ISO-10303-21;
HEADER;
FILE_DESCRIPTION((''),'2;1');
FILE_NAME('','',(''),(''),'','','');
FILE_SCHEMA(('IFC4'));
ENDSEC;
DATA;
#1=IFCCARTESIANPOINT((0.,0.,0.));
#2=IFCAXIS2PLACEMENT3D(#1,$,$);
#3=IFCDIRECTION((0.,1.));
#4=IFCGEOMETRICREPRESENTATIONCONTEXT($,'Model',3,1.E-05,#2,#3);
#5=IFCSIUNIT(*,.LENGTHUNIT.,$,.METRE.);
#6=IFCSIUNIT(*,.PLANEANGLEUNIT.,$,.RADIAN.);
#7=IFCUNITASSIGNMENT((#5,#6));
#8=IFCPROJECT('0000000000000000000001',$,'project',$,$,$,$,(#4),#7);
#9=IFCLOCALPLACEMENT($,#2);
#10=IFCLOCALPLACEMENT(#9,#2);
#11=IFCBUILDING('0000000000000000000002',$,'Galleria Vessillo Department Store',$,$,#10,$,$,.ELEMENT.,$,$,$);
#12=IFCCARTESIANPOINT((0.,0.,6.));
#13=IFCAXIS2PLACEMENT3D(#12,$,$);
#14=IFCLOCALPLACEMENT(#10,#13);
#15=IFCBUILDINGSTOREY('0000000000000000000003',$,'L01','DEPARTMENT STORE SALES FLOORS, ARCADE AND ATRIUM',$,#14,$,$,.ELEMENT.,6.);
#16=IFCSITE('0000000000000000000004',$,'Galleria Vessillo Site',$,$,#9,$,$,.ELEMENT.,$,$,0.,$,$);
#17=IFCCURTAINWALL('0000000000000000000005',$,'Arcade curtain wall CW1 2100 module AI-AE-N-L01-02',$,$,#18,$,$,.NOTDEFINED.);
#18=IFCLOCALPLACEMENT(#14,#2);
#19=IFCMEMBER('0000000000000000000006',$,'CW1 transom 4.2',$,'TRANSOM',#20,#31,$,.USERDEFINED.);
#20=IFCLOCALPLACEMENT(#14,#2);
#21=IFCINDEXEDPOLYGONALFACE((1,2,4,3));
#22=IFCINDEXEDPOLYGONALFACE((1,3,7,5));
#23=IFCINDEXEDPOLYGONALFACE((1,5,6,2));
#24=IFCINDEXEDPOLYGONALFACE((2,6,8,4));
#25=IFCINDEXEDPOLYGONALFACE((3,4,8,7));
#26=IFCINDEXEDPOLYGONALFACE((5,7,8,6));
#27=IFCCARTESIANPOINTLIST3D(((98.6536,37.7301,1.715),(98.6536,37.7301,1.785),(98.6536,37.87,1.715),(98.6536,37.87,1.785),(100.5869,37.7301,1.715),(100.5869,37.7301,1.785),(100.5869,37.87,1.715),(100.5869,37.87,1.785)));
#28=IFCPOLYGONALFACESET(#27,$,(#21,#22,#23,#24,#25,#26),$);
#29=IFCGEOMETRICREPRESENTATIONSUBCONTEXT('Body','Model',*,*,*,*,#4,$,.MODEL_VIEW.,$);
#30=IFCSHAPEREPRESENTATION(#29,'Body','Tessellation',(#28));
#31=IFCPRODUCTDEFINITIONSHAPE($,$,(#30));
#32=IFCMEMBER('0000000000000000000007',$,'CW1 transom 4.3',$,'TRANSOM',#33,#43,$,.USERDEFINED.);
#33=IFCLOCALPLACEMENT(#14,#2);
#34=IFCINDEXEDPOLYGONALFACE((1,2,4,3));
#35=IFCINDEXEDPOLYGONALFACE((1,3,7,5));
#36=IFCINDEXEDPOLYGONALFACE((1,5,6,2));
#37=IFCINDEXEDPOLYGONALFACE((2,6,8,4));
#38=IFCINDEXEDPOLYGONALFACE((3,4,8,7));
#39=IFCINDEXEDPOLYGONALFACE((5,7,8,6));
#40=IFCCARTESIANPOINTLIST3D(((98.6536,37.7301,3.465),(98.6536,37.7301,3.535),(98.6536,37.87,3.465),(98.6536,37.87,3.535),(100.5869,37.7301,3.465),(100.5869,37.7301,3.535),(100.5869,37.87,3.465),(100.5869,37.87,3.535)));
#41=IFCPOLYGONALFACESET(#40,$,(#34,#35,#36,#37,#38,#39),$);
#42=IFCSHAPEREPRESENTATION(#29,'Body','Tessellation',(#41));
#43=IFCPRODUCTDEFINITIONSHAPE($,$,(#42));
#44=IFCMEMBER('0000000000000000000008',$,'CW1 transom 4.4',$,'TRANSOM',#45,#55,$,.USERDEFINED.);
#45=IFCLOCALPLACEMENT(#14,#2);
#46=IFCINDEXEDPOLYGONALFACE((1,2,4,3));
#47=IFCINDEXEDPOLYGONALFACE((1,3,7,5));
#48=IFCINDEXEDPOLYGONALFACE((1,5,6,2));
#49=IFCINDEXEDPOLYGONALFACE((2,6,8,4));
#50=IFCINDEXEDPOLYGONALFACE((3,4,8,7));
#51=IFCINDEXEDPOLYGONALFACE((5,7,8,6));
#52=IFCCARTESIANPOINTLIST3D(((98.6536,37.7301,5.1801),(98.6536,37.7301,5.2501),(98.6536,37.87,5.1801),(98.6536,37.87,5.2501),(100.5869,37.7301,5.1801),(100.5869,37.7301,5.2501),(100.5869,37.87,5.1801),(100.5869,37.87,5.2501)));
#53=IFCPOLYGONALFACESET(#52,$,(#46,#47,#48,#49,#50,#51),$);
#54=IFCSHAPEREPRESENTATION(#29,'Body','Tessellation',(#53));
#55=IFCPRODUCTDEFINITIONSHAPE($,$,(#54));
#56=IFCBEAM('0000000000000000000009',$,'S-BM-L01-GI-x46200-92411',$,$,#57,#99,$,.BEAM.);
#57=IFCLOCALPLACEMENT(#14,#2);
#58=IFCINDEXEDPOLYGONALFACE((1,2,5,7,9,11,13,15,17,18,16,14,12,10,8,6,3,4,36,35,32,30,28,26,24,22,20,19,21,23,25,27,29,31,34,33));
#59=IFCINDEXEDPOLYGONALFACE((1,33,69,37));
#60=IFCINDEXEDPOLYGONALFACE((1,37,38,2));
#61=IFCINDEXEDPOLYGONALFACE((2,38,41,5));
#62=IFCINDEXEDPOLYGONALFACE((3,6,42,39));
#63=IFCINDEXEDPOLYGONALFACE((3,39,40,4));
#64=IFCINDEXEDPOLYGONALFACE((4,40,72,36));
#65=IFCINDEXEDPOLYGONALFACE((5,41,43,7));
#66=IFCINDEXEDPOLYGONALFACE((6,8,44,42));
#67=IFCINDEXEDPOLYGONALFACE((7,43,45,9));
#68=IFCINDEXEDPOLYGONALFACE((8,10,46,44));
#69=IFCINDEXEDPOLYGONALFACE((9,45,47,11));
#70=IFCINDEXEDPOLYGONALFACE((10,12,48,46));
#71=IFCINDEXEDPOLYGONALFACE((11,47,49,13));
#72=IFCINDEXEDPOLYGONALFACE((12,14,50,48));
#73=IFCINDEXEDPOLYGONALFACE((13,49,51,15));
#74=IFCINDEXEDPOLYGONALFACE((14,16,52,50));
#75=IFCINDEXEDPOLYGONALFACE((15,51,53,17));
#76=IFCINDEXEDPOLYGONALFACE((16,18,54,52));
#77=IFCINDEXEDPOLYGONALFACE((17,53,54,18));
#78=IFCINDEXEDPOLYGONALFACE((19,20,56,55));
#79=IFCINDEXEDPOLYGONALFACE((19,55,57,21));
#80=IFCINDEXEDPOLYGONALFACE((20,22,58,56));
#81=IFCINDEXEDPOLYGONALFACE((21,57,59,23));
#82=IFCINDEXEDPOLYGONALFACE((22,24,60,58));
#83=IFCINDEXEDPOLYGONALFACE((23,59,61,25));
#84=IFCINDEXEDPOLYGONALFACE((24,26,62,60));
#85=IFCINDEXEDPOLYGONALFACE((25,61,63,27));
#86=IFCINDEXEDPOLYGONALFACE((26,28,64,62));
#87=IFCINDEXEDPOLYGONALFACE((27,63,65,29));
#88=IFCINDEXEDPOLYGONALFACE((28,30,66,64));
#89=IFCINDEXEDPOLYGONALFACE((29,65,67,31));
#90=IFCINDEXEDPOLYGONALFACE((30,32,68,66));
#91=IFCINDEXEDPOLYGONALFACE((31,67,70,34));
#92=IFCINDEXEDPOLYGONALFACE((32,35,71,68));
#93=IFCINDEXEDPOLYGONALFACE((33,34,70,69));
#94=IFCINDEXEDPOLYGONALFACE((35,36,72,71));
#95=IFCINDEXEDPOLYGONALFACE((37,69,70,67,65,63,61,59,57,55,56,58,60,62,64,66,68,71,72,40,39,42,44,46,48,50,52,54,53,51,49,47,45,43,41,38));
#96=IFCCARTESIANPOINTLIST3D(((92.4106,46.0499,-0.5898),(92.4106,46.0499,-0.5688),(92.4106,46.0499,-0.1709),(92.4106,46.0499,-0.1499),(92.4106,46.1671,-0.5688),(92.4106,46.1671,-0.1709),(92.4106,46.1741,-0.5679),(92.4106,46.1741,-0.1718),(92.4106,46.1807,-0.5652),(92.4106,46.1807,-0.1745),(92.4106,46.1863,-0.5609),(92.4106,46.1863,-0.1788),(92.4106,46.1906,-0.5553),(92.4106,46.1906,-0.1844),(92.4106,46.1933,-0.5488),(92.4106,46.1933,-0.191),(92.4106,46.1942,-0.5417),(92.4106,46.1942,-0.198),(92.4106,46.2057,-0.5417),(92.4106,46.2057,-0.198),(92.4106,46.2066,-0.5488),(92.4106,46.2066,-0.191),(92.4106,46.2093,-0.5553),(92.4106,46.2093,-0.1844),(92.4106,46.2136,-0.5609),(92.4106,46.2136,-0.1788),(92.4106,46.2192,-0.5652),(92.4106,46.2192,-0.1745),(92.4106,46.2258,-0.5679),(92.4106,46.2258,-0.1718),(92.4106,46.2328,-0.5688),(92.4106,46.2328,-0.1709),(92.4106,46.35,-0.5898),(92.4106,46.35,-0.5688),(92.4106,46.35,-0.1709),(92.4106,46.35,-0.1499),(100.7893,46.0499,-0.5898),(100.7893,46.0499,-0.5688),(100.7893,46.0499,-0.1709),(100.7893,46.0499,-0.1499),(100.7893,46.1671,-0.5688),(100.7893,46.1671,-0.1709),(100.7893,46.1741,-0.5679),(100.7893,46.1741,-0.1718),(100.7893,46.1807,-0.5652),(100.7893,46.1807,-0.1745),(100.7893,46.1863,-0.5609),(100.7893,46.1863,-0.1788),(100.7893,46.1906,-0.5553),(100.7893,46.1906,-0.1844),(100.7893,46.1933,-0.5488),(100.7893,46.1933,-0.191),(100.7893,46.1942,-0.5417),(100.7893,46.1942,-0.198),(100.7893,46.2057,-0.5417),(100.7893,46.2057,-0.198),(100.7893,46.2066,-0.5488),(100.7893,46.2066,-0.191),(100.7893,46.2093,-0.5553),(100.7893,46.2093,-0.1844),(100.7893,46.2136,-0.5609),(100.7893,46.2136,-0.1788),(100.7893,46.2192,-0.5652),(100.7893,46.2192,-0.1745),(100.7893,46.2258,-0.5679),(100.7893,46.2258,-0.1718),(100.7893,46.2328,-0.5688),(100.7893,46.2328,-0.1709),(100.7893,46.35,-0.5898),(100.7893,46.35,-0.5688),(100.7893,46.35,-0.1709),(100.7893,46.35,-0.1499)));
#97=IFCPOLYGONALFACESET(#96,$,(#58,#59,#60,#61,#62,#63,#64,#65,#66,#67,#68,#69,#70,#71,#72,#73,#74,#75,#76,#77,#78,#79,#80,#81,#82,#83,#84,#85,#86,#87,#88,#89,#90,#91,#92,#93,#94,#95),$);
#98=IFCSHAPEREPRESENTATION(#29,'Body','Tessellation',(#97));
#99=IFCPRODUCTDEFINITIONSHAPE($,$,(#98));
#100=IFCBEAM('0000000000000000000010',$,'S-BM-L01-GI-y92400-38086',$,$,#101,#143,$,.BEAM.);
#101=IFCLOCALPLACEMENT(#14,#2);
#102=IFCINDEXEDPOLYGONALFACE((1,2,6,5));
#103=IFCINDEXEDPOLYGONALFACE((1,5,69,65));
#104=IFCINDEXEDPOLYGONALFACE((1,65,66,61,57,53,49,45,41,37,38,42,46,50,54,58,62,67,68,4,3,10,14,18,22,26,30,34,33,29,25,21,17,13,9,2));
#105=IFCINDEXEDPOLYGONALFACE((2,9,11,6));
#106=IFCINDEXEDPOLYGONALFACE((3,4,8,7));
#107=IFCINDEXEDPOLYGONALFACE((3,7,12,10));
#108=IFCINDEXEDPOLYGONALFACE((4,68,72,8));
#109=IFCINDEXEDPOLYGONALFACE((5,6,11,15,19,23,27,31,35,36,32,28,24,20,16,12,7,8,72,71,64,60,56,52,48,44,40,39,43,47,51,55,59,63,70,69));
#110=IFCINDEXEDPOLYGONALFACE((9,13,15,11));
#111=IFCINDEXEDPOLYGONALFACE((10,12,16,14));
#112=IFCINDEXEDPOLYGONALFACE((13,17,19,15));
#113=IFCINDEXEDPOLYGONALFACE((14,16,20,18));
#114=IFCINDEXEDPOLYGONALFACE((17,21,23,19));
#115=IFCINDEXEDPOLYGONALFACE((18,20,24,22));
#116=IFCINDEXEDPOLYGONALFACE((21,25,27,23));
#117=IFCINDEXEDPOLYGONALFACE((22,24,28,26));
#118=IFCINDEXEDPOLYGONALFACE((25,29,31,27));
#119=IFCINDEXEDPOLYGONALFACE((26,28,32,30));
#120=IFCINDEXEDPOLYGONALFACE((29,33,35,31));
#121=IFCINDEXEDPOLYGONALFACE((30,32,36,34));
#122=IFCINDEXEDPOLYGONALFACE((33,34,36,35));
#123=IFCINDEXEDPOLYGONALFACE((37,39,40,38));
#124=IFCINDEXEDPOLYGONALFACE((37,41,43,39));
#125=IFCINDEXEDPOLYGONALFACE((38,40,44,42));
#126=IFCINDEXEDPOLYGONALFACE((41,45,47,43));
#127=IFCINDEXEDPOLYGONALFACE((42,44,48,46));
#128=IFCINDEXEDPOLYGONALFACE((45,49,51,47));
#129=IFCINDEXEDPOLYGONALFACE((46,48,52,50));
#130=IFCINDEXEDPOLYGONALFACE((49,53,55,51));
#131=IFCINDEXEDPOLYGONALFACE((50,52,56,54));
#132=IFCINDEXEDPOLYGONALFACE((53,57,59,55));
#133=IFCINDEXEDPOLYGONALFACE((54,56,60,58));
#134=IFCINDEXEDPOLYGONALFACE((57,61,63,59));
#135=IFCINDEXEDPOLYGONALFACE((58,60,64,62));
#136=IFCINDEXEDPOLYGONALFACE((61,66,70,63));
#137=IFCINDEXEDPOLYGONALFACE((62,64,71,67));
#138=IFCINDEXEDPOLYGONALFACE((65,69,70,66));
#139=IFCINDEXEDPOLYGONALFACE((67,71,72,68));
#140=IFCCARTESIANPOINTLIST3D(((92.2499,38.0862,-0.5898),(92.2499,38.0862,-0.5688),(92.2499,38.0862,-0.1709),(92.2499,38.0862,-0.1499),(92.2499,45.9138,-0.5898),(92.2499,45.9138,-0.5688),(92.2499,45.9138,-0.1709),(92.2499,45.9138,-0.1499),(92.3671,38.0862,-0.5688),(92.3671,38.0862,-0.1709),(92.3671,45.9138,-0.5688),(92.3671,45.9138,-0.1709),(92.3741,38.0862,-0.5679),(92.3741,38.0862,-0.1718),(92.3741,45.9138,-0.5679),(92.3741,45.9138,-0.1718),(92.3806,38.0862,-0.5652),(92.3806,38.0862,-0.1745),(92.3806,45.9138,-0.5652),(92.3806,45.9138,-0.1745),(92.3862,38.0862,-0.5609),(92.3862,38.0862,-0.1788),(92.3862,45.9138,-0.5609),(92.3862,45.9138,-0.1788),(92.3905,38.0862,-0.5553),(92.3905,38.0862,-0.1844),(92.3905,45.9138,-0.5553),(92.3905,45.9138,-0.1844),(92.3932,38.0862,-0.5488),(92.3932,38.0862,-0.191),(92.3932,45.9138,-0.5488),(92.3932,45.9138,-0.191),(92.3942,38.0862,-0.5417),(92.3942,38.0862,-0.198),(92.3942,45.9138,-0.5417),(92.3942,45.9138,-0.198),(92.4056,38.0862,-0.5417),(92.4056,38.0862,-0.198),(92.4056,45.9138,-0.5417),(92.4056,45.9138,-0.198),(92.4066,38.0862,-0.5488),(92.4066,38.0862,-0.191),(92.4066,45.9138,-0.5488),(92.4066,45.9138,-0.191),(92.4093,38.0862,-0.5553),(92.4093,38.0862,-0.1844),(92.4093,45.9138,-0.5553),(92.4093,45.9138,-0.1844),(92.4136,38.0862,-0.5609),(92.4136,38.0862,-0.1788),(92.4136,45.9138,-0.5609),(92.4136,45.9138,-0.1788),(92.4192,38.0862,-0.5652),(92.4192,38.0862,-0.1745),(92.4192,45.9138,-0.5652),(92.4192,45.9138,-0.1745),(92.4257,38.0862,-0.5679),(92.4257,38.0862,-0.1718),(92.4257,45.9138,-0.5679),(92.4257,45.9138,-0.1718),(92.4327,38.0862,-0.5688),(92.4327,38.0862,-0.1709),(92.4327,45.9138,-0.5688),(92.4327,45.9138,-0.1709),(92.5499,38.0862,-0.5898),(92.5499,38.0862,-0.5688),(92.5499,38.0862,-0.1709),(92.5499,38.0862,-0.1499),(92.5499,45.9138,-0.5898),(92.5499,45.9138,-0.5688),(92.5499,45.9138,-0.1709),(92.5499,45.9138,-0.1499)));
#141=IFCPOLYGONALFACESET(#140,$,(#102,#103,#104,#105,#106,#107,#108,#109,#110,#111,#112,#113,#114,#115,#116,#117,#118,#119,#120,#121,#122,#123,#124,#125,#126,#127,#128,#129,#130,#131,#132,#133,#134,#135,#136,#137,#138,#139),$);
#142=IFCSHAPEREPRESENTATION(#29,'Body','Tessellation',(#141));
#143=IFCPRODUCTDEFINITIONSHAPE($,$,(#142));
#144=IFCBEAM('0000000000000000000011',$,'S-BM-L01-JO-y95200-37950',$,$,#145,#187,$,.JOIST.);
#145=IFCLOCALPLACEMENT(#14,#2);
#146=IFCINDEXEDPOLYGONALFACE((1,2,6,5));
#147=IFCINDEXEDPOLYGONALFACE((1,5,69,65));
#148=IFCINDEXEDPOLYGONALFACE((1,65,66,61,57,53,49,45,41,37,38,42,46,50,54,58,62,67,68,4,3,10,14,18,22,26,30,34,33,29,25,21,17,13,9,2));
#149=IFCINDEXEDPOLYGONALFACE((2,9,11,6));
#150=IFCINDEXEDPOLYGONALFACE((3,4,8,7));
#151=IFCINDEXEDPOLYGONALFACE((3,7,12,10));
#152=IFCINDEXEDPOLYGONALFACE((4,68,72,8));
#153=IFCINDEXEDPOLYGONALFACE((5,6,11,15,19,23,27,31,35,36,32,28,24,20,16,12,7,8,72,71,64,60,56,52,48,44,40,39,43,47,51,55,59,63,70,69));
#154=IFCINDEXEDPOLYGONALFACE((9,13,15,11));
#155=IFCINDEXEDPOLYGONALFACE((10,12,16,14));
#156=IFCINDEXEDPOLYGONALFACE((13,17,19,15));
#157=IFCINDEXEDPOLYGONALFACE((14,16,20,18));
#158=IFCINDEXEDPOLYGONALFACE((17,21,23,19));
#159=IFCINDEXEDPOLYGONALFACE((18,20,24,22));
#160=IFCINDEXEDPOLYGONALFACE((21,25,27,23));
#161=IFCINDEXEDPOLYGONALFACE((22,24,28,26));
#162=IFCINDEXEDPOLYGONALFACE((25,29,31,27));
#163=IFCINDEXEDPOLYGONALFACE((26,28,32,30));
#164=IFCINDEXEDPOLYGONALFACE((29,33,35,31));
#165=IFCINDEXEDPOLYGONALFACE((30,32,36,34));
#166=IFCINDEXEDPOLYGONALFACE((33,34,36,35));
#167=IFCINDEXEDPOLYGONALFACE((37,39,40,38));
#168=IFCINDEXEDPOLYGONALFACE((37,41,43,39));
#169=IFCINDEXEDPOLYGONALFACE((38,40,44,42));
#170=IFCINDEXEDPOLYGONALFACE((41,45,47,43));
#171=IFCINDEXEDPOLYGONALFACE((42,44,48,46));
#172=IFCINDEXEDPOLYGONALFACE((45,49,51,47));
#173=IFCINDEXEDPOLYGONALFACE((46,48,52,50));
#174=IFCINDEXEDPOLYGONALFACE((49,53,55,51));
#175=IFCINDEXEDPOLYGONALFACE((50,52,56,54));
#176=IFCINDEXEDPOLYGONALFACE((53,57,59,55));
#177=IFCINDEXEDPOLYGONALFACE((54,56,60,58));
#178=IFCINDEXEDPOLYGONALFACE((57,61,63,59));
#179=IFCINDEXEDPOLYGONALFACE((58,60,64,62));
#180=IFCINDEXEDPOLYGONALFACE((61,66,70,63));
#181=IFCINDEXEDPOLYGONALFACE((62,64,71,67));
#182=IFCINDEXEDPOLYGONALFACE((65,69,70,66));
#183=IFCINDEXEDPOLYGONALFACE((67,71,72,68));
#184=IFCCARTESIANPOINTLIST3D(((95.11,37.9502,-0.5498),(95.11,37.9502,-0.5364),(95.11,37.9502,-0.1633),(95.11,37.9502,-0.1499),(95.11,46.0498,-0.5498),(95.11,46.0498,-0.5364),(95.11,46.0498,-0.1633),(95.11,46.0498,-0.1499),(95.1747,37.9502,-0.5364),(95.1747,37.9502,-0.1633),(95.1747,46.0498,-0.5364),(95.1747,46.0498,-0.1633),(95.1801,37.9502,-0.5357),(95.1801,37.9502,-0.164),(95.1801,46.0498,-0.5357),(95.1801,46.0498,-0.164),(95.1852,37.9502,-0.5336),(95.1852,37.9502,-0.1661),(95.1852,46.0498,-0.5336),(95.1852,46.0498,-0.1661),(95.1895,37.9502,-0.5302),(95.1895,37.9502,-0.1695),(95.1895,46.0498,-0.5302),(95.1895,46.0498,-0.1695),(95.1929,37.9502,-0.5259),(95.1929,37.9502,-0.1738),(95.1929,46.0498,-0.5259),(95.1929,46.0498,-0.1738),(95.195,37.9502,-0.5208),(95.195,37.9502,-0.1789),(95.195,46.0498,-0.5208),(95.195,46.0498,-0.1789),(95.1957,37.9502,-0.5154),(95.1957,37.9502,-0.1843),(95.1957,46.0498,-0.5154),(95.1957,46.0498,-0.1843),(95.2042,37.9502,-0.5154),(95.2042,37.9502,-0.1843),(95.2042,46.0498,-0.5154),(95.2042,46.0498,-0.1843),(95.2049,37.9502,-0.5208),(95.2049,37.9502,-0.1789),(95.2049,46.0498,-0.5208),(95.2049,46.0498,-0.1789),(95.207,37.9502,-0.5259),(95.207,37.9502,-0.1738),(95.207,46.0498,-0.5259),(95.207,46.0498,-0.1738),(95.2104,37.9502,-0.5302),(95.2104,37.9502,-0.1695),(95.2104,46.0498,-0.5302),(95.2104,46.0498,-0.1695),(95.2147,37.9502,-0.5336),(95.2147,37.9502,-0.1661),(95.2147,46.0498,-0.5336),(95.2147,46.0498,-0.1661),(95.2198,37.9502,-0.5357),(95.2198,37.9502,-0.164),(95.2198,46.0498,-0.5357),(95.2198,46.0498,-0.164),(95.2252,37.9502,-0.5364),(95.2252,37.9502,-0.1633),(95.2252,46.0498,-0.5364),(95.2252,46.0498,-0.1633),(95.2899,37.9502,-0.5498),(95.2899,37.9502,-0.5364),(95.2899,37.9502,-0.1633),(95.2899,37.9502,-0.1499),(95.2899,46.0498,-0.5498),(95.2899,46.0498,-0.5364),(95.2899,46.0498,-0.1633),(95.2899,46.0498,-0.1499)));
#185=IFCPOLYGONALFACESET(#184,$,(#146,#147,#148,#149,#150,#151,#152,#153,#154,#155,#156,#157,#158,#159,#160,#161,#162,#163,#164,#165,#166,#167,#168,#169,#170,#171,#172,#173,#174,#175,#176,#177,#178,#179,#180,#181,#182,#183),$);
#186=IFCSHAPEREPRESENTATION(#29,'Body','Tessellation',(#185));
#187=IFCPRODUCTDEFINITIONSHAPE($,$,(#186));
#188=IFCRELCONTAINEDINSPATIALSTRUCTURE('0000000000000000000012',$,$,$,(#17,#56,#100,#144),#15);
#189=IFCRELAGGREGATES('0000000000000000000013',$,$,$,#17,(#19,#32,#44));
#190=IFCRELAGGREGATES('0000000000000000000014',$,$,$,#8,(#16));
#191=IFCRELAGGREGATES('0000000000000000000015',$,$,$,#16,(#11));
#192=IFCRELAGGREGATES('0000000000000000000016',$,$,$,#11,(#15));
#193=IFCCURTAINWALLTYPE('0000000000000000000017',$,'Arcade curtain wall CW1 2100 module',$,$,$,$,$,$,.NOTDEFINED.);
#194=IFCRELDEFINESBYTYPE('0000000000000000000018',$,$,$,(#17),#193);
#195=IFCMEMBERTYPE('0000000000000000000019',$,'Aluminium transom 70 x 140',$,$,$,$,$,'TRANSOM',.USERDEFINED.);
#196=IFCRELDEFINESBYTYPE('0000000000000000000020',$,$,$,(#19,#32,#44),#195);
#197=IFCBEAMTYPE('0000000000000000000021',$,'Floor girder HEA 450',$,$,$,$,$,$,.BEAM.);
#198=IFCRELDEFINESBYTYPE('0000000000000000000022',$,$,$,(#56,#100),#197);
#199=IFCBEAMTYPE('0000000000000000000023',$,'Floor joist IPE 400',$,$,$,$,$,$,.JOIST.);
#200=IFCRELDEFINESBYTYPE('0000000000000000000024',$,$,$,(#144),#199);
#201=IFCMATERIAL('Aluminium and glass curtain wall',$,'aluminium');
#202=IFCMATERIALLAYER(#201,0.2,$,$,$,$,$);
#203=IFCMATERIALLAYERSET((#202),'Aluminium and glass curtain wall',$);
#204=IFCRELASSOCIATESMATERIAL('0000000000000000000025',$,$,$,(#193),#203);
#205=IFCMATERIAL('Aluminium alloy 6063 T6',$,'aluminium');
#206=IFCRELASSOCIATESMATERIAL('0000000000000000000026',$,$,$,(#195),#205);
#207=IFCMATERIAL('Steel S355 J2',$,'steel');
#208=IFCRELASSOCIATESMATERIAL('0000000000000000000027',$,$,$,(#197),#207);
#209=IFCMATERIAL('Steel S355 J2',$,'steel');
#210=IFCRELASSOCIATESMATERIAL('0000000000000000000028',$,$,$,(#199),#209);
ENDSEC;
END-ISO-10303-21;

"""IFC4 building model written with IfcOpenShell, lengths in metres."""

from ifc_helpers import new_model, si_unit, direction, frame, origin, origin_2d, place, context, subcontext, project, spatial, rectangle, i_section, extrude, material, layer, layer_set, material_profile, profile_set, type_object, element, aggregate, save


model = new_model("IFC4")

# Units and contexts
model_context = context("Model", 3, precision=1e-05, world=origin(), true_north=direction((0.0, 1.0)))
body_context = subcontext(model_context, "Body", "Model", "MODEL_VIEW")
ifc_project = project(units=[si_unit("LENGTHUNIT", "METRE"), si_unit("PLANEANGLEUNIT", "RADIAN")], contexts=[model_context])

# Site, building, storey
site_placement = place(None, origin())
site = spatial("IfcSite", under=ifc_project, at=site_placement, Name="Galleria Vessillo Site", CompositionType="ELEMENT", RefElevation=0.0)
building_placement = place(site_placement, origin())
building = spatial("IfcBuilding", under=site, at=building_placement, Name="Galleria Vessillo Department Store", CompositionType="ELEMENT")
storey_placement = place(building_placement, frame((0.0, 0.0, 6.0)))
storey = spatial("IfcBuildingStorey", under=building, at=storey_placement, Name="L01", Description="DEPARTMENT STORE SALES FLOORS, ARCADE AND ATRIUM", CompositionType="ELEMENT", Elevation=6.0)

# Curtain wall, members
ifc_material_1 = material(Name="Aluminium and glass curtain wall", Category="aluminium")
ifc_layer_1 = layer(ifc_material_1, 0.2)
ifc_layer_set_1 = layer_set([ifc_layer_1], Name="Aluminium and glass curtain wall")
curtain_wall_type = type_object("IfcCurtainWallType", Name="Arcade curtain wall CW1 2100 module", PredefinedType="NOTDEFINED", material=ifc_layer_set_1)
curtain_wall_placement = place(storey_placement, origin())
curtain_wall = element("IfcCurtainWall", 1, at=curtain_wall_placement, inside=storey, type_object=curtain_wall_type, Name="Arcade curtain wall CW1 2100 module AI-AE-N-L01-02", PredefinedType="NOTDEFINED")
ifc_material_2 = material(Name="Aluminium alloy 6063 T6", Category="aluminium")
ifc_material_profile_1 = material_profile(ifc_material_2, rectangle(XDim=0.1399, YDim=0.0701, at=origin_2d()), Name="AL 70x140")
ifc_profile_set_1 = profile_set([ifc_material_profile_1], Name="Aluminium alloy 6063 T6")
member_type_1 = type_object("IfcMemberType", Name="Aluminium transom 70 x 140", ElementType="TRANSOM", PredefinedType="USERDEFINED", material=ifc_profile_set_1)
member_1_placement = place(storey_placement, frame((98.6536, 37.8, 1.75), z_axis=(1.0, 0.0, 0.0), x_axis=(0.0, 1.0, 0.0)))
member_1 = element("IfcMember", 2, at=member_1_placement, type_object=member_type_1, Name="CW1 transom 4.2", ObjectType="TRANSOM", PredefinedType="USERDEFINED", context=body_context, shape_type="SweptSolid", body=[
    extrude(rectangle(XDim=0.1399, YDim=0.0701, at=origin_2d()), origin(), (0.0, 0.0, 1.0), 1.9333),
])
member_2_placement = place(storey_placement, frame((98.6536, 37.8, 3.5), z_axis=(1.0, 0.0, 0.0), x_axis=(0.0, 1.0, 0.0)))
member_2 = element("IfcMember", 3, at=member_2_placement, type_object=member_type_1, Name="CW1 transom 4.3", ObjectType="TRANSOM", PredefinedType="USERDEFINED", context=body_context, shape_type="SweptSolid", body=[
    extrude(rectangle(XDim=0.1399, YDim=0.0701, at=origin_2d()), origin(), (0.0, 0.0, 1.0), 1.9333),
])
member_3_placement = place(storey_placement, frame((98.6536, 37.8, 5.2151), z_axis=(1.0, 0.0, 0.0), x_axis=(0.0, 1.0, 0.0)))
member_3 = element("IfcMember", 4, at=member_3_placement, type_object=member_type_1, Name="CW1 transom 4.4", ObjectType="TRANSOM", PredefinedType="USERDEFINED", context=body_context, shape_type="SweptSolid", body=[
    extrude(rectangle(XDim=0.1399, YDim=0.0701, at=origin_2d()), origin(), (0.0, 0.0, 1.0), 1.9333),
])

# Beams
ifc_material_3 = material(Name="Steel S355 J2", Category="steel")
ifc_material_profile_2 = material_profile(ifc_material_3, i_section(OverallWidth=0.3, OverallDepth=0.4399, WebThickness=0.0115, FlangeThickness=0.021, FilletRadius=0.0271, at=origin_2d()), Name="HEA 450")
ifc_profile_set_2 = profile_set([ifc_material_profile_2], Name="Steel S355 J2")
beam_type_1 = type_object("IfcBeamType", Name="Floor girder HEA 450", PredefinedType="BEAM", material=ifc_profile_set_2)
beam_1_placement = place(storey_placement, frame((92.4106, 46.2, -0.3699), z_axis=(1.0, 0.0, 0.0), x_axis=(0.0, 1.0, 0.0)))
element("IfcBeam", 5, at=beam_1_placement, inside=storey, type_object=beam_type_1, Name="S-BM-L01-GI-x46200-92411", PredefinedType="BEAM", context=body_context, shape_type="SweptSolid", body=[
    extrude(i_section(OverallWidth=0.3, OverallDepth=0.4399, WebThickness=0.0115, FlangeThickness=0.021, FilletRadius=0.0271, at=origin_2d()), origin(), (0.0, 0.0, 1.0), 8.3787),
])
beam_2_placement = place(storey_placement, frame((92.3999, 38.0862, -0.3699), z_axis=(0.0, 1.0, 0.0), x_axis=(-1.0, 0.0, 0.0)))
element("IfcBeam", 6, at=beam_2_placement, inside=storey, type_object=beam_type_1, Name="S-BM-L01-GI-y92400-38086", PredefinedType="BEAM", context=body_context, shape_type="SweptSolid", body=[
    extrude(i_section(OverallWidth=0.3, OverallDepth=0.4399, WebThickness=0.0115, FlangeThickness=0.021, FilletRadius=0.0271, at=origin_2d()), origin(), (0.0, 0.0, 1.0), 7.8276),
])
ifc_material_4 = material(Name="Steel S355 J2", Category="steel")
ifc_material_profile_3 = material_profile(ifc_material_4, i_section(OverallWidth=0.1799, OverallDepth=0.3999, WebThickness=0.0085, FlangeThickness=0.0134, FilletRadius=0.021, at=origin_2d()), Name="IPE 400")
ifc_profile_set_3 = profile_set([ifc_material_profile_3], Name="Steel S355 J2")
beam_type_2 = type_object("IfcBeamType", Name="Floor joist IPE 400", PredefinedType="JOIST", material=ifc_profile_set_3)
for number, where, z_axis, x_axis, name in (
    (7, (95.2, 37.9502, -0.3499), (0.0, 1.0, 0.0), (-1.0, 0.0, 0.0), "S-BM-L01-JO-y95200-37950"),
):
    element("IfcBeam", number, at=place(storey_placement, frame(where, z_axis=z_axis, x_axis=x_axis)), inside=storey, type_object=beam_type_2, Name=name, PredefinedType="JOIST", context=body_context, shape_type="SweptSolid", body=[
        extrude(i_section(OverallWidth=0.1799, OverallDepth=0.3999, WebThickness=0.0085, FlangeThickness=0.0134, FilletRadius=0.021, at=origin_2d()), origin(), (0.0, 0.0, 1.0), 8.0996),
    ])

aggregate(curtain_wall, [member_1, member_2, member_3])

save(model, "model.ifc")
